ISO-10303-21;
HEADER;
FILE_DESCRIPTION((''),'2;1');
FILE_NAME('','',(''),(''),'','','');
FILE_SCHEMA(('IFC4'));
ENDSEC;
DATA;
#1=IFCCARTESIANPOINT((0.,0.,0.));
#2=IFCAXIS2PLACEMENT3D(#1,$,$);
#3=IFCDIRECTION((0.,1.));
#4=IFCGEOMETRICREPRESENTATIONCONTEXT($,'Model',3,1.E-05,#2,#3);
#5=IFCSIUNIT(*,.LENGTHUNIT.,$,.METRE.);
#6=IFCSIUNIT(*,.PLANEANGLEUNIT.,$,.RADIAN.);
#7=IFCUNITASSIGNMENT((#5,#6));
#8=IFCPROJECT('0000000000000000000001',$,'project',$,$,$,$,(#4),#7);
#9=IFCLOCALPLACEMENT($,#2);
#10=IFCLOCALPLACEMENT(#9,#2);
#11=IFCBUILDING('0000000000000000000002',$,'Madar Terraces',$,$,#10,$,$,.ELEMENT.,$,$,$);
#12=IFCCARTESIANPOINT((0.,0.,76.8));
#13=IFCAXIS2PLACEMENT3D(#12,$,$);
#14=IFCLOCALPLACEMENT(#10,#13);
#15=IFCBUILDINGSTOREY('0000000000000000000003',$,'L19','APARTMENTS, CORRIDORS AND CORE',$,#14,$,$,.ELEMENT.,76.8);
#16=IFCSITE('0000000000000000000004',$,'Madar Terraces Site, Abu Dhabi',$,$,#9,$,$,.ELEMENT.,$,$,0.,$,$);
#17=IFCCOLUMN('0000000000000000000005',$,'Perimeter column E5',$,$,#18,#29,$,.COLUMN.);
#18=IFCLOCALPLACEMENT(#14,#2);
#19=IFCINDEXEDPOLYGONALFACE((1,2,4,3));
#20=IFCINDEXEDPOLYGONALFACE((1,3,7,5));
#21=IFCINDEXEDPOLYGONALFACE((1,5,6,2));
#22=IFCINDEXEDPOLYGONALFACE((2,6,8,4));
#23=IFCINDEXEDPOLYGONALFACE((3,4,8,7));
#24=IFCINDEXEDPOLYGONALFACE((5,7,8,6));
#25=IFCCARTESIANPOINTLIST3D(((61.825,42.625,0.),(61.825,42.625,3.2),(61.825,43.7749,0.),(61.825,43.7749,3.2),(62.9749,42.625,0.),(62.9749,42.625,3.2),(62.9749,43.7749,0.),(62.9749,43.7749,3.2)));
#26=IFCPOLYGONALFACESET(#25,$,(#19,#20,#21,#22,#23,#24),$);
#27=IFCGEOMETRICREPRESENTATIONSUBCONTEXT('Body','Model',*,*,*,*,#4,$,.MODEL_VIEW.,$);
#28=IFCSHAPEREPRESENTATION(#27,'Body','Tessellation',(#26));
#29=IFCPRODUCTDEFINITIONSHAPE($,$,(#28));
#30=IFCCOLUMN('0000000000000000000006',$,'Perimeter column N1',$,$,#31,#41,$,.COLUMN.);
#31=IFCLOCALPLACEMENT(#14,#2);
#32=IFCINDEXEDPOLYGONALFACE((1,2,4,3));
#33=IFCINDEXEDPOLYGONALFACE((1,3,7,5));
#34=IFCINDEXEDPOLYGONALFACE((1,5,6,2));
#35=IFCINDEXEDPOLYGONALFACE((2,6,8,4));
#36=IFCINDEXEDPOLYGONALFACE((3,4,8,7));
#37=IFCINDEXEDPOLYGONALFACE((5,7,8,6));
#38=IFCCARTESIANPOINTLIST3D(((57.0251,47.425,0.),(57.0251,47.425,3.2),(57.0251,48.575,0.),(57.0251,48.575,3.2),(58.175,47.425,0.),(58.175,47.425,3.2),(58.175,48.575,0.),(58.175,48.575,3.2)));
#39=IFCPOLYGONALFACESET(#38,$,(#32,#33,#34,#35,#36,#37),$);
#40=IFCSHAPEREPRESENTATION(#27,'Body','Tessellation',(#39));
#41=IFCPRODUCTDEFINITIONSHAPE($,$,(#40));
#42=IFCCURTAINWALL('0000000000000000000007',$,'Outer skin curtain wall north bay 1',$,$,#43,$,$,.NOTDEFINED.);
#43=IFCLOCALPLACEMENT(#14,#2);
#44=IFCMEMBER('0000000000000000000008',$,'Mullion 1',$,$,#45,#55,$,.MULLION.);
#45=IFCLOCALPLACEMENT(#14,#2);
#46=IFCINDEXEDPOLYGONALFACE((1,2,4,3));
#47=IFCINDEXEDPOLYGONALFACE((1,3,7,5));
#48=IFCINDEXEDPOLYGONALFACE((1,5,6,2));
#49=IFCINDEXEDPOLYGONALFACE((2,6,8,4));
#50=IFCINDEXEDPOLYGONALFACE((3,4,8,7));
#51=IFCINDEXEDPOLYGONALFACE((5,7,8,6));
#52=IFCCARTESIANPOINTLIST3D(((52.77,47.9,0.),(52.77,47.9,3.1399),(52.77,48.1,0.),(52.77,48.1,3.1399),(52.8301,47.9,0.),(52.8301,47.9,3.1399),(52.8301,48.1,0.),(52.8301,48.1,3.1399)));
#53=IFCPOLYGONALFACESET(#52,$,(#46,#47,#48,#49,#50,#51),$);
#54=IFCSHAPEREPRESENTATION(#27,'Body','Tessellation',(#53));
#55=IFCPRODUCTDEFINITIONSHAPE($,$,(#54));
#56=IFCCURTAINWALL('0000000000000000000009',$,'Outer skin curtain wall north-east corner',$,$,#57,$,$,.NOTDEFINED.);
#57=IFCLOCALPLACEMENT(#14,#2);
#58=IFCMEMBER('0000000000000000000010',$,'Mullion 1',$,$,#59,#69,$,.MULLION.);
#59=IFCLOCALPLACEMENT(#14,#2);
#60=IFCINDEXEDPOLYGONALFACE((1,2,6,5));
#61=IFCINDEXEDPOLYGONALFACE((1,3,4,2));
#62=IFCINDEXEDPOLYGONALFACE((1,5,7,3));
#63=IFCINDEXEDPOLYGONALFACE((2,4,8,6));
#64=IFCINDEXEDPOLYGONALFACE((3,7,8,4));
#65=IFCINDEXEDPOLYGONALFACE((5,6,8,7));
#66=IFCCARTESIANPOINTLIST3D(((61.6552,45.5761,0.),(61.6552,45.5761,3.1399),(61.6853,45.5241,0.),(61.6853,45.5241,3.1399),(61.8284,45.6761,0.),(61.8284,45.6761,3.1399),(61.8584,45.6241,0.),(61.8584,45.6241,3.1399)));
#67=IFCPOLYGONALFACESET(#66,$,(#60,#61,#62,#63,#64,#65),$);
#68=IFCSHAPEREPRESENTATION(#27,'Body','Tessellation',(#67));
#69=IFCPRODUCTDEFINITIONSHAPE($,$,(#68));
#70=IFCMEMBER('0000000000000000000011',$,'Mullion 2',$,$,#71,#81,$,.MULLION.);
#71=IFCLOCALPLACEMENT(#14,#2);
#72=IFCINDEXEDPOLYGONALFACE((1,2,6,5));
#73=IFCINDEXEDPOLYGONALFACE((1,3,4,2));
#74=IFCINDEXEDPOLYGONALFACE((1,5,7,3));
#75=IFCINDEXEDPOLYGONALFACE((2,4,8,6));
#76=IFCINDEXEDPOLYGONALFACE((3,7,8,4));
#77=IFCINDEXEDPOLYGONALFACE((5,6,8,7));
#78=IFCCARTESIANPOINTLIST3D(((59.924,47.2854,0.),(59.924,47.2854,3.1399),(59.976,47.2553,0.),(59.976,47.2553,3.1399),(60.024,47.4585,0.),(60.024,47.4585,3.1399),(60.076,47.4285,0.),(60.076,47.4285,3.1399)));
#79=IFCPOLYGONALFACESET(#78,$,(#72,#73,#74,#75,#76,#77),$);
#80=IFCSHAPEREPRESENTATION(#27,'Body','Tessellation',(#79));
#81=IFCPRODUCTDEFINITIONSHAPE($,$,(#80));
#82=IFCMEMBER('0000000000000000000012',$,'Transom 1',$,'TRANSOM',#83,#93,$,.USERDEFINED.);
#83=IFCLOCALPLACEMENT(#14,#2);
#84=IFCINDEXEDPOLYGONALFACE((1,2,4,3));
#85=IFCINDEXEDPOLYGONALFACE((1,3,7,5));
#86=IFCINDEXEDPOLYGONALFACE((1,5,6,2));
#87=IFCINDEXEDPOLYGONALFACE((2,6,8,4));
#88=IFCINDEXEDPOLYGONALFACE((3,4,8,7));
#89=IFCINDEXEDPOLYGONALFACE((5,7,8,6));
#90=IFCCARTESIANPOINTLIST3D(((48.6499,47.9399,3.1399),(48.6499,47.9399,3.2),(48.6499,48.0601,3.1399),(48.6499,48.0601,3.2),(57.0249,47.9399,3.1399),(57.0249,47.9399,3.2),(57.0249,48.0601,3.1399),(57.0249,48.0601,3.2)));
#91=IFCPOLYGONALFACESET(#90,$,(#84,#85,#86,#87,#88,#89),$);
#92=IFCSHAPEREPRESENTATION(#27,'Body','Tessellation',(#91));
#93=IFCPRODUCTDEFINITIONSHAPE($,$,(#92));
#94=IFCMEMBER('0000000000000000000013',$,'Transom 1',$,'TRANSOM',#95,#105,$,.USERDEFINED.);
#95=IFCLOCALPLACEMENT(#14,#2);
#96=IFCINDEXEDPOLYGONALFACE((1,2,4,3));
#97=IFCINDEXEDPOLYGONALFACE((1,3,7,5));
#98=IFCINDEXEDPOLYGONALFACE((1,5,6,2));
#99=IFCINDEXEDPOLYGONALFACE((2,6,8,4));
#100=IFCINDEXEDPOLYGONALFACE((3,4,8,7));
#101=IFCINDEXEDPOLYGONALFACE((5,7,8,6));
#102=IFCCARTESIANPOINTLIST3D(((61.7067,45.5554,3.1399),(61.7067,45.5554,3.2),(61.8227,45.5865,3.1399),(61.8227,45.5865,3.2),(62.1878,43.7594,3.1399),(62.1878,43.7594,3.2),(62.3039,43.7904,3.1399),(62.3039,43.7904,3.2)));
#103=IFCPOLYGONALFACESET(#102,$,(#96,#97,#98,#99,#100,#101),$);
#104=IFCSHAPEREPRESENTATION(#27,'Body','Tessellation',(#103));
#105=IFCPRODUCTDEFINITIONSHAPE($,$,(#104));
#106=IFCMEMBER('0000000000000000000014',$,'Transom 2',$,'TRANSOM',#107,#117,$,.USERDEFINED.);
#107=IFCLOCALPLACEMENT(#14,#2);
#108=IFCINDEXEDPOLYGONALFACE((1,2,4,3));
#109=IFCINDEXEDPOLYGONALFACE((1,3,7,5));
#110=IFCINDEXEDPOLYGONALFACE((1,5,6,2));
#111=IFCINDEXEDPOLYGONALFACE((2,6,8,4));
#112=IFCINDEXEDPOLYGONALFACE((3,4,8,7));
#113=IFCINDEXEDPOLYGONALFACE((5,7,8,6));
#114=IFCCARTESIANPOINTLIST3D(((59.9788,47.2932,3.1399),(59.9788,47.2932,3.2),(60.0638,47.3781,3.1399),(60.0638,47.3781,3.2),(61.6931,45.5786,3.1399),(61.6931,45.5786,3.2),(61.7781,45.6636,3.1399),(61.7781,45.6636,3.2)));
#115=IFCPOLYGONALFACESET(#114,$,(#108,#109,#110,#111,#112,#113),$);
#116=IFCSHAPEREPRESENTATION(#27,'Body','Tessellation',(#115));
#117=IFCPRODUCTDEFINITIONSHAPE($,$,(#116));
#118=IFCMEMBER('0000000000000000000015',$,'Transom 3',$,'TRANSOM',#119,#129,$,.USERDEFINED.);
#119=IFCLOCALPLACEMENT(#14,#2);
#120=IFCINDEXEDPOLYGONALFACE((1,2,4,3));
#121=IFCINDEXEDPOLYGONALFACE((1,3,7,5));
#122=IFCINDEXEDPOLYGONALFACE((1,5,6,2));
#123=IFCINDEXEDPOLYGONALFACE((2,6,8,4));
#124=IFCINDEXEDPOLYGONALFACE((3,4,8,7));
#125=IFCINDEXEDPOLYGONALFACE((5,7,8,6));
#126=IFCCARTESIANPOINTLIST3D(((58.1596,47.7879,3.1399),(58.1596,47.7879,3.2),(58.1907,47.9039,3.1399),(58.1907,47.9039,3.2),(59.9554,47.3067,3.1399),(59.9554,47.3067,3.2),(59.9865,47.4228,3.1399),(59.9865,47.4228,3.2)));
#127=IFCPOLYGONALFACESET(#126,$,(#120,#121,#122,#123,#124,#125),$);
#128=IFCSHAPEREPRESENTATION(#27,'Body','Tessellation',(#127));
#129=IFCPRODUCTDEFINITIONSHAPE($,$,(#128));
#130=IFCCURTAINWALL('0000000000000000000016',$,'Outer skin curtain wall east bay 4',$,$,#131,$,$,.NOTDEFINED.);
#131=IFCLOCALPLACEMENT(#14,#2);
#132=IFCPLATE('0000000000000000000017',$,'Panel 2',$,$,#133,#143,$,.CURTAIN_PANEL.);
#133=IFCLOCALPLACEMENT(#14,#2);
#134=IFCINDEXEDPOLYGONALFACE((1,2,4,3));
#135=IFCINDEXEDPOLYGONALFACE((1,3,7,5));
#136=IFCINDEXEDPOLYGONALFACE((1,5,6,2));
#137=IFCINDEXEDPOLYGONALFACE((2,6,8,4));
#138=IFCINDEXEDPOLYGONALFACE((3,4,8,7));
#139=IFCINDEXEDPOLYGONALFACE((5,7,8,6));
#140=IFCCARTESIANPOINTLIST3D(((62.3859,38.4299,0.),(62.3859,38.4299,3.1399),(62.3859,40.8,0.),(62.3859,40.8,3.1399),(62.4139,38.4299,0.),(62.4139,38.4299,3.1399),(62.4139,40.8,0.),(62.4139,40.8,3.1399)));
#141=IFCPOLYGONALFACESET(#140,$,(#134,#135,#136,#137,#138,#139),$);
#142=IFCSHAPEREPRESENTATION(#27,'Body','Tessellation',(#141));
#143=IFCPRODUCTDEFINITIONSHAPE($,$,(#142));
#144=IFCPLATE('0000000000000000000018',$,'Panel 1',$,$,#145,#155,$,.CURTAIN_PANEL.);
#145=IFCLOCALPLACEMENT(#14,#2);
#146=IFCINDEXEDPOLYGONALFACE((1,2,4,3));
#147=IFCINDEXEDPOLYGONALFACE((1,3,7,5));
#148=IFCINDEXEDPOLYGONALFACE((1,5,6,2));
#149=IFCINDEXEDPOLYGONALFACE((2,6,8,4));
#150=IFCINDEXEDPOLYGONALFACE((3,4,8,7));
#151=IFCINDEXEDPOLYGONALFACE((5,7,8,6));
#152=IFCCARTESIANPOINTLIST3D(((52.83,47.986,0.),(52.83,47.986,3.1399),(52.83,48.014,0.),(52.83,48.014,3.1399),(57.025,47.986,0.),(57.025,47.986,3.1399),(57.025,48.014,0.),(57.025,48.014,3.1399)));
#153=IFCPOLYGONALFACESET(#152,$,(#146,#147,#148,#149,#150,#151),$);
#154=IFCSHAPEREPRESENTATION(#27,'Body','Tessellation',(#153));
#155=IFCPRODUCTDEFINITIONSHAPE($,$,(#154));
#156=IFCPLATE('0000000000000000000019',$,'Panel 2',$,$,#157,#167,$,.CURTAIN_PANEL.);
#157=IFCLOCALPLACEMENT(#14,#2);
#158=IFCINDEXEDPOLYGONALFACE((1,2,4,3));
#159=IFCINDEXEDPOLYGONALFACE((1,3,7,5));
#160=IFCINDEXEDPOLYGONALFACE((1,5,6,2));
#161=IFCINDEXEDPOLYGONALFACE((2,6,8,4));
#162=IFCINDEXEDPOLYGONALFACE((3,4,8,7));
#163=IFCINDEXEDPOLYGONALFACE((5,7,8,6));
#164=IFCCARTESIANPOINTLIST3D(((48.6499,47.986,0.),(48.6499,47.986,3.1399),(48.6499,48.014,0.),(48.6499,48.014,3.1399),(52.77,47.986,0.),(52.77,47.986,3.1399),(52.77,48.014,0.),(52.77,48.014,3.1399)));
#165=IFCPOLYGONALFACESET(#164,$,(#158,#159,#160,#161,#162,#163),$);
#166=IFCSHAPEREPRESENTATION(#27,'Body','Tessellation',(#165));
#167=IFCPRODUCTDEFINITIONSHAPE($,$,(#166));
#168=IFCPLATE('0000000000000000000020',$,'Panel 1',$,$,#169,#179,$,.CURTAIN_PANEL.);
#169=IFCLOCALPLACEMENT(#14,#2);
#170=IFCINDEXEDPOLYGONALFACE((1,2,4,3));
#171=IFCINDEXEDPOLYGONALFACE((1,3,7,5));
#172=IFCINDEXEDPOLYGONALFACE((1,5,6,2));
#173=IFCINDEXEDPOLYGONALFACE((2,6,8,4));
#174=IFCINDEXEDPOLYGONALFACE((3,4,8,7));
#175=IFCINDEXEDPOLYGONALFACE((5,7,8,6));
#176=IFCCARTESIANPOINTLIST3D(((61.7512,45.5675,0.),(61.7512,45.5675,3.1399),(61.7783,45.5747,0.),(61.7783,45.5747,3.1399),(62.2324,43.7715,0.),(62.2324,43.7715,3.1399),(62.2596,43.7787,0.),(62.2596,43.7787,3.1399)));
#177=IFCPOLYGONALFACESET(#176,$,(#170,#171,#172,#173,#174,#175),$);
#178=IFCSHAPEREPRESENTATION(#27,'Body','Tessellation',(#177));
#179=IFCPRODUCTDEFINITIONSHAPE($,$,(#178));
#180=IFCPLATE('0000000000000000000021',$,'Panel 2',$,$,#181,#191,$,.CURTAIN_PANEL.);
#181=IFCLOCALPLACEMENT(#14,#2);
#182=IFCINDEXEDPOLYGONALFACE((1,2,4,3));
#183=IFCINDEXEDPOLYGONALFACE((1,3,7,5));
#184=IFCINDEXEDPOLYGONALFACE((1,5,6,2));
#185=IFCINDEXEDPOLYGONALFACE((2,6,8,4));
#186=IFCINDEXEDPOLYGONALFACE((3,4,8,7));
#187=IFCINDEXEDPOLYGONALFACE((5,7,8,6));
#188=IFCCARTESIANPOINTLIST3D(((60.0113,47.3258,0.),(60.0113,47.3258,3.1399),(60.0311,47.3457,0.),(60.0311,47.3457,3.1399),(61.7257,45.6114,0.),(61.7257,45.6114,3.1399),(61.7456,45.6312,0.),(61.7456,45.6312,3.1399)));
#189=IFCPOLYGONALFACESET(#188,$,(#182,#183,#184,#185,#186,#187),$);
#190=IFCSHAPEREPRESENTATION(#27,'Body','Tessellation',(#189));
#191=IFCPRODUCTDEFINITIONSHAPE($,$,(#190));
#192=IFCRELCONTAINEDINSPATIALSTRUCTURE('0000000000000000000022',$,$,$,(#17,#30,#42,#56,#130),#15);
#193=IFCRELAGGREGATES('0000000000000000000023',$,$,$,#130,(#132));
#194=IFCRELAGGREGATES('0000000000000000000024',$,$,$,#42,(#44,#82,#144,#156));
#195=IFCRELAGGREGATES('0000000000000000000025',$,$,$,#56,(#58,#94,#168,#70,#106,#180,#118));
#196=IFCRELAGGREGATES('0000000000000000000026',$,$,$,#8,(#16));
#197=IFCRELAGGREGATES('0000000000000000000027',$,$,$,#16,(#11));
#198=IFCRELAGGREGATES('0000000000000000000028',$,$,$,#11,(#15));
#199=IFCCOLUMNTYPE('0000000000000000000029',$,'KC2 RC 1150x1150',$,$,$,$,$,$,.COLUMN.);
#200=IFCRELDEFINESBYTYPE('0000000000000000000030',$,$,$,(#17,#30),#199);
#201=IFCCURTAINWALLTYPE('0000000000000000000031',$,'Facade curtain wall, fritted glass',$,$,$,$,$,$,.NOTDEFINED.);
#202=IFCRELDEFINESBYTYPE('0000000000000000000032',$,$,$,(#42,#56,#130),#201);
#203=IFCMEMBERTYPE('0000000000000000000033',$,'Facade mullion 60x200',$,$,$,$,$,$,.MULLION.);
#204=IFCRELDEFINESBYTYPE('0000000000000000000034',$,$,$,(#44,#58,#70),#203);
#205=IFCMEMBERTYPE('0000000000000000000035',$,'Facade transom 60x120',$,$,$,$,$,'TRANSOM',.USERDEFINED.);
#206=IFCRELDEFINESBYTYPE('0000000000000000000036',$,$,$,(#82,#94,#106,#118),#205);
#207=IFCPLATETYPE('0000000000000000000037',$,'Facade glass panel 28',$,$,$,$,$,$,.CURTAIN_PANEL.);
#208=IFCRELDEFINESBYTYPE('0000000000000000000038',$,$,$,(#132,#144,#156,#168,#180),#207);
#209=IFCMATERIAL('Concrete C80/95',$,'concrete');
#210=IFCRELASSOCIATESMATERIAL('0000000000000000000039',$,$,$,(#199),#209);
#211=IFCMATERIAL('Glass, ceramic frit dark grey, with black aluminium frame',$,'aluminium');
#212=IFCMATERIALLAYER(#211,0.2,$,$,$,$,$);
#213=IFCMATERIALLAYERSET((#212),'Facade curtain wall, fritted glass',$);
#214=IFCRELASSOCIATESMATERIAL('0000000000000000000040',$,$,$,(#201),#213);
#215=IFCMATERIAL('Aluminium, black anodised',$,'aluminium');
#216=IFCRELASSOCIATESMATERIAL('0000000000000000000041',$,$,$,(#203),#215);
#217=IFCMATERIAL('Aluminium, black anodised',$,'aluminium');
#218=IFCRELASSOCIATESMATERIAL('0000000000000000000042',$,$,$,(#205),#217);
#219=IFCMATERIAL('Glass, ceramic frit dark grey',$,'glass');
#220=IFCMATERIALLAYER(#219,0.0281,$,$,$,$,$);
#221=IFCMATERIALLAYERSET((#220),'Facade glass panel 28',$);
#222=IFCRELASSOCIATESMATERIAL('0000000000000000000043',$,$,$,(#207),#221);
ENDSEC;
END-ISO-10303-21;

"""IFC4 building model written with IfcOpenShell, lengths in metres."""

from ifc_helpers import new_model, si_unit, direction, frame, origin, origin_2d, place, context, subcontext, project, spatial, rectangle, extrude, material, layer, layer_set, material_profile, profile_set, type_object, element, aggregate, save


model = new_model("IFC4")

# Units and contexts
model_context = context("Model", 3, precision=1e-05, world=origin(), true_north=direction((0.0, 1.0)))
body_context = subcontext(model_context, "Body", "Model", "MODEL_VIEW")
ifc_project = project(units=[si_unit("LENGTHUNIT", "METRE"), si_unit("PLANEANGLEUNIT", "RADIAN")], contexts=[model_context])

# Site, building, storey
site_placement = place(None, origin())
site = spatial("IfcSite", under=ifc_project, at=site_placement, Name="Madar Terraces Site, Abu Dhabi", CompositionType="ELEMENT", RefElevation=0.0)
building_placement = place(site_placement, origin())
building = spatial("IfcBuilding", under=site, at=building_placement, Name="Madar Terraces", CompositionType="ELEMENT")
storey_placement = place(building_placement, frame((0.0, 0.0, 76.8)))
storey = spatial("IfcBuildingStorey", under=building, at=storey_placement, Name="L19", Description="APARTMENTS, CORRIDORS AND CORE", CompositionType="ELEMENT", Elevation=76.8)

# Columns
ifc_material_1 = material(Name="Concrete C80/95", Category="concrete")
ifc_material_profile_1 = material_profile(ifc_material_1, rectangle(XDim=1.1499, YDim=1.1499, at=origin_2d()), Name="KC2 RC 1150x1150")
ifc_profile_set_1 = profile_set([ifc_material_profile_1], Name="Concrete C80/95")
column_type = type_object("IfcColumnType", Name="KC2 RC 1150x1150", PredefinedType="COLUMN", material=ifc_profile_set_1)
for number, where, z_axis, x_axis, name in (
    (1, (62.3999, 43.2, 0.0), (0.0, 0.0, 1.0), (1.0, 0.0, 0.0), "Perimeter column E5"),
    (2, (57.6001, 48.0, 0.0), (0.0, 0.0, 1.0), (1.0, 0.0, 0.0), "Perimeter column N1"),
):
    element("IfcColumn", number, at=place(storey_placement, frame(where, z_axis=z_axis, x_axis=x_axis)), inside=storey, type_object=column_type, Name=name, PredefinedType="COLUMN", context=body_context, shape_type="SweptSolid", body=[
        extrude(rectangle(XDim=1.1499, YDim=1.1499, at=origin_2d()), origin(), (0.0, 0.0, 1.0), 3.2),
    ])

# Curtain wall, member
ifc_material_2 = material(Name="Glass, ceramic frit dark grey, with black aluminium frame", Category="aluminium")
ifc_layer_1 = layer(ifc_material_2, 0.2)
ifc_layer_set_1 = layer_set([ifc_layer_1], Name="Facade curtain wall, fritted glass")
curtain_wall_type = type_object("IfcCurtainWallType", Name="Facade curtain wall, fritted glass", PredefinedType="NOTDEFINED", material=ifc_layer_set_1)
curtain_wall_1_placement = place(storey_placement, origin())
curtain_wall_1 = element("IfcCurtainWall", 3, at=curtain_wall_1_placement, inside=storey, type_object=curtain_wall_type, Name="Outer skin curtain wall north bay 1", PredefinedType="NOTDEFINED")
ifc_material_3 = material(Name="Aluminium, black anodised", Category="aluminium")
ifc_material_profile_2 = material_profile(ifc_material_3, rectangle(XDim=0.2, YDim=0.0601, at=origin_2d()), Name="Facade mullion 60x200")
ifc_profile_set_2 = profile_set([ifc_material_profile_2], Name="Aluminium, black anodised")
member_type_1 = type_object("IfcMemberType", Name="Facade mullion 60x200", PredefinedType="MULLION", material=ifc_profile_set_2)
member_1_placement = place(storey_placement, frame((52.8, 48.0, 0.0), z_axis=(0.0, 0.0, 1.0), x_axis=(0.0, -1.0, 0.0)))
member_1 = element("IfcMember", 4, at=member_1_placement, type_object=member_type_1, Name="Mullion 1", PredefinedType="MULLION", context=body_context, shape_type="SweptSolid", body=[
    extrude(rectangle(XDim=0.2, YDim=0.0601, at=origin_2d()), origin(), (0.0, 0.0, 1.0), 3.1399),
])

# Curtain wall, members
curtain_wall_2_placement = place(storey_placement, origin())
curtain_wall_2 = element("IfcCurtainWall", 5, at=curtain_wall_2_placement, inside=storey, type_object=curtain_wall_type, Name="Outer skin curtain wall north-east corner", PredefinedType="NOTDEFINED")
member_2_placement = place(storey_placement, frame((61.7568, 45.6001, 0.0), z_axis=(0.0, 0.0, 1.0), x_axis=(-0.866025, -0.5, 0.0)))
member_2 = element("IfcMember", 6, at=member_2_placement, type_object=member_type_1, Name="Mullion 1", PredefinedType="MULLION", context=body_context, shape_type="SweptSolid", body=[
    extrude(rectangle(XDim=0.2, YDim=0.0601, at=origin_2d()), origin(), (0.0, 0.0, 1.0), 3.1399),
])
member_3_placement = place(storey_placement, frame((60.0, 47.3569, 0.0), z_axis=(0.0, 0.0, 1.0), x_axis=(-0.5, -0.866025, 0.0)))
member_3 = element("IfcMember", 7, at=member_3_placement, type_object=member_type_1, Name="Mullion 2", PredefinedType="MULLION", context=body_context, shape_type="SweptSolid", body=[
    extrude(rectangle(XDim=0.2, YDim=0.0601, at=origin_2d()), origin(), (0.0, 0.0, 1.0), 3.1399),
])

# Members
ifc_material_4 = material(Name="Aluminium, black anodised", Category="aluminium")
ifc_material_profile_3 = material_profile(ifc_material_4, rectangle(XDim=0.1201, YDim=0.0601, at=origin_2d()), Name="Facade transom 60x120")
ifc_profile_set_3 = profile_set([ifc_material_profile_3], Name="Aluminium, black anodised")
member_type_2 = type_object("IfcMemberType", Name="Facade transom 60x120", ElementType="TRANSOM", PredefinedType="USERDEFINED", material=ifc_profile_set_3)
member_4_placement = place(storey_placement, frame((57.0249, 48.0, 3.1699), z_axis=(-1.0, 0.0, 0.0), x_axis=(0.0, -1.0, 0.0)))
member_4 = element("IfcMember", 8, at=member_4_placement, type_object=member_type_2, Name="Transom 1", ObjectType="TRANSOM", PredefinedType="USERDEFINED", context=body_context, shape_type="SweptSolid", body=[
    extrude(rectangle(XDim=0.1201, YDim=0.0601, at=origin_2d()), origin(), (0.0, 0.0, 1.0), 8.375),
])
member_5_placement = place(storey_placement, frame((62.2458, 43.7749, 3.1699), z_axis=(-0.258782, 0.965936, 0.0), x_axis=(-0.965936, -0.258782, 0.0)))
member_5 = element("IfcMember", 9, at=member_5_placement, type_object=member_type_2, Name="Transom 1", ObjectType="TRANSOM", PredefinedType="USERDEFINED", context=body_context, shape_type="SweptSolid", body=[
    extrude(rectangle(XDim=0.1201, YDim=0.0601, at=origin_2d()), origin(), (0.0, 0.0, 1.0), 1.8594),
])
member_6_placement = place(storey_placement, frame((61.7356, 45.6211, 3.1699), z_axis=(-0.707056, 0.707157, 0.0), x_axis=(-0.707157, -0.707056, 0.0)))
member_6 = element("IfcMember", 10, at=member_6_placement, type_object=member_type_2, Name="Transom 2", ObjectType="TRANSOM", PredefinedType="USERDEFINED", context=body_context, shape_type="SweptSolid", body=[
    extrude(rectangle(XDim=0.1201, YDim=0.0601, at=origin_2d()), origin(), (0.0, 0.0, 1.0), 2.4246),
])
member_7_placement = place(storey_placement, frame((59.9709, 47.3647, 3.1699), z_axis=(-0.965927, 0.258815, 0.0), x_axis=(-0.258815, -0.965927, 0.0)))
member_7 = element("IfcMember", 11, at=member_7_placement, type_object=member_type_2, Name="Transom 3", ObjectType="TRANSOM", PredefinedType="USERDEFINED", context=body_context, shape_type="SweptSolid", body=[
    extrude(rectangle(XDim=0.1201, YDim=0.0601, at=origin_2d()), origin(), (0.0, 0.0, 1.0), 1.8591),
])

# Curtain wall, plate
curtain_wall_3_placement = place(storey_placement, origin())
curtain_wall_3 = element("IfcCurtainWall", 12, at=curtain_wall_3_placement, inside=storey, type_object=curtain_wall_type, Name="Outer skin curtain wall east bay 4", PredefinedType="NOTDEFINED")
ifc_material_5 = material(Name="Glass, ceramic frit dark grey", Category="glass")
ifc_layer_2 = layer(ifc_material_5, 0.0281)
ifc_layer_set_2 = layer_set([ifc_layer_2], Name="Facade glass panel 28")
plate_type = type_object("IfcPlateType", Name="Facade glass panel 28", PredefinedType="CURTAIN_PANEL", material=ifc_layer_set_2)
plate_1_placement = place(storey_placement, frame((62.3999, 39.615, 0.0), z_axis=(0.0, 0.0, 1.0), x_axis=(0.0, 1.0, 0.0)))
plate_1 = element("IfcPlate", 13, at=plate_1_placement, type_object=plate_type, Name="Panel 2", PredefinedType="CURTAIN_PANEL", context=body_context, shape_type="SweptSolid", body=[
    extrude(rectangle(XDim=2.3701, YDim=0.0281, at=origin_2d()), origin(), (0.0, 0.0, 1.0), 3.1399),
])
aggregate(curtain_wall_3, [plate_1])

# Plates
plate_2_placement = place(storey_placement, frame((54.9275, 48.0, 0.0), z_axis=(0.0, 0.0, 1.0), x_axis=(-1.0, 0.0, 0.0)))
plate_2 = element("IfcPlate", 14, at=plate_2_placement, type_object=plate_type, Name="Panel 1", PredefinedType="CURTAIN_PANEL", context=body_context, shape_type="SweptSolid", body=[
    extrude(rectangle(XDim=4.1951, YDim=0.0281, at=origin_2d()), origin(), (0.0, 0.0, 1.0), 3.1399),
])
plate_3_placement = place(storey_placement, frame((50.71, 48.0, 0.0), z_axis=(0.0, 0.0, 1.0), x_axis=(-1.0, 0.0, 0.0)))
plate_3 = element("IfcPlate", 15, at=plate_3_placement, type_object=plate_type, Name="Panel 2", PredefinedType="CURTAIN_PANEL", context=body_context, shape_type="SweptSolid", body=[
    extrude(rectangle(XDim=4.1201, YDim=0.0281, at=origin_2d()), origin(), (0.0, 0.0, 1.0), 3.1399),
])
aggregate(curtain_wall_1, [member_1, member_4, plate_2, plate_3])
plate_4_placement = place(storey_placement, frame((62.0054, 44.6731, 0.0), z_axis=(0.0, 0.0, 1.0), x_axis=(-0.258819, 0.965926, 0.0)))
plate_4 = element("IfcPlate", 16, at=plate_4_placement, type_object=plate_type, Name="Panel 1", PredefinedType="CURTAIN_PANEL", context=body_context, shape_type="SweptSolid", body=[
    extrude(rectangle(XDim=1.8594, YDim=0.0281, at=origin_2d()), origin(), (0.0, 0.0, 1.0), 3.1399),
])
plate_5_placement = place(storey_placement, frame((60.8784, 46.4785, 0.0), z_axis=(0.0, 0.0, 1.0), x_axis=(-0.707107, 0.707107, 0.0)))
plate_5 = element("IfcPlate", 17, at=plate_5_placement, type_object=plate_type, Name="Panel 2", PredefinedType="CURTAIN_PANEL", context=body_context, shape_type="SweptSolid", body=[
    extrude(rectangle(XDim=2.4246, YDim=0.0281, at=origin_2d()), origin(), (0.0, 0.0, 1.0), 3.1399),
])
aggregate(curtain_wall_2, [member_2, member_5, plate_4, member_3, member_6, plate_5, member_7])

save(model, "model.ifc")
